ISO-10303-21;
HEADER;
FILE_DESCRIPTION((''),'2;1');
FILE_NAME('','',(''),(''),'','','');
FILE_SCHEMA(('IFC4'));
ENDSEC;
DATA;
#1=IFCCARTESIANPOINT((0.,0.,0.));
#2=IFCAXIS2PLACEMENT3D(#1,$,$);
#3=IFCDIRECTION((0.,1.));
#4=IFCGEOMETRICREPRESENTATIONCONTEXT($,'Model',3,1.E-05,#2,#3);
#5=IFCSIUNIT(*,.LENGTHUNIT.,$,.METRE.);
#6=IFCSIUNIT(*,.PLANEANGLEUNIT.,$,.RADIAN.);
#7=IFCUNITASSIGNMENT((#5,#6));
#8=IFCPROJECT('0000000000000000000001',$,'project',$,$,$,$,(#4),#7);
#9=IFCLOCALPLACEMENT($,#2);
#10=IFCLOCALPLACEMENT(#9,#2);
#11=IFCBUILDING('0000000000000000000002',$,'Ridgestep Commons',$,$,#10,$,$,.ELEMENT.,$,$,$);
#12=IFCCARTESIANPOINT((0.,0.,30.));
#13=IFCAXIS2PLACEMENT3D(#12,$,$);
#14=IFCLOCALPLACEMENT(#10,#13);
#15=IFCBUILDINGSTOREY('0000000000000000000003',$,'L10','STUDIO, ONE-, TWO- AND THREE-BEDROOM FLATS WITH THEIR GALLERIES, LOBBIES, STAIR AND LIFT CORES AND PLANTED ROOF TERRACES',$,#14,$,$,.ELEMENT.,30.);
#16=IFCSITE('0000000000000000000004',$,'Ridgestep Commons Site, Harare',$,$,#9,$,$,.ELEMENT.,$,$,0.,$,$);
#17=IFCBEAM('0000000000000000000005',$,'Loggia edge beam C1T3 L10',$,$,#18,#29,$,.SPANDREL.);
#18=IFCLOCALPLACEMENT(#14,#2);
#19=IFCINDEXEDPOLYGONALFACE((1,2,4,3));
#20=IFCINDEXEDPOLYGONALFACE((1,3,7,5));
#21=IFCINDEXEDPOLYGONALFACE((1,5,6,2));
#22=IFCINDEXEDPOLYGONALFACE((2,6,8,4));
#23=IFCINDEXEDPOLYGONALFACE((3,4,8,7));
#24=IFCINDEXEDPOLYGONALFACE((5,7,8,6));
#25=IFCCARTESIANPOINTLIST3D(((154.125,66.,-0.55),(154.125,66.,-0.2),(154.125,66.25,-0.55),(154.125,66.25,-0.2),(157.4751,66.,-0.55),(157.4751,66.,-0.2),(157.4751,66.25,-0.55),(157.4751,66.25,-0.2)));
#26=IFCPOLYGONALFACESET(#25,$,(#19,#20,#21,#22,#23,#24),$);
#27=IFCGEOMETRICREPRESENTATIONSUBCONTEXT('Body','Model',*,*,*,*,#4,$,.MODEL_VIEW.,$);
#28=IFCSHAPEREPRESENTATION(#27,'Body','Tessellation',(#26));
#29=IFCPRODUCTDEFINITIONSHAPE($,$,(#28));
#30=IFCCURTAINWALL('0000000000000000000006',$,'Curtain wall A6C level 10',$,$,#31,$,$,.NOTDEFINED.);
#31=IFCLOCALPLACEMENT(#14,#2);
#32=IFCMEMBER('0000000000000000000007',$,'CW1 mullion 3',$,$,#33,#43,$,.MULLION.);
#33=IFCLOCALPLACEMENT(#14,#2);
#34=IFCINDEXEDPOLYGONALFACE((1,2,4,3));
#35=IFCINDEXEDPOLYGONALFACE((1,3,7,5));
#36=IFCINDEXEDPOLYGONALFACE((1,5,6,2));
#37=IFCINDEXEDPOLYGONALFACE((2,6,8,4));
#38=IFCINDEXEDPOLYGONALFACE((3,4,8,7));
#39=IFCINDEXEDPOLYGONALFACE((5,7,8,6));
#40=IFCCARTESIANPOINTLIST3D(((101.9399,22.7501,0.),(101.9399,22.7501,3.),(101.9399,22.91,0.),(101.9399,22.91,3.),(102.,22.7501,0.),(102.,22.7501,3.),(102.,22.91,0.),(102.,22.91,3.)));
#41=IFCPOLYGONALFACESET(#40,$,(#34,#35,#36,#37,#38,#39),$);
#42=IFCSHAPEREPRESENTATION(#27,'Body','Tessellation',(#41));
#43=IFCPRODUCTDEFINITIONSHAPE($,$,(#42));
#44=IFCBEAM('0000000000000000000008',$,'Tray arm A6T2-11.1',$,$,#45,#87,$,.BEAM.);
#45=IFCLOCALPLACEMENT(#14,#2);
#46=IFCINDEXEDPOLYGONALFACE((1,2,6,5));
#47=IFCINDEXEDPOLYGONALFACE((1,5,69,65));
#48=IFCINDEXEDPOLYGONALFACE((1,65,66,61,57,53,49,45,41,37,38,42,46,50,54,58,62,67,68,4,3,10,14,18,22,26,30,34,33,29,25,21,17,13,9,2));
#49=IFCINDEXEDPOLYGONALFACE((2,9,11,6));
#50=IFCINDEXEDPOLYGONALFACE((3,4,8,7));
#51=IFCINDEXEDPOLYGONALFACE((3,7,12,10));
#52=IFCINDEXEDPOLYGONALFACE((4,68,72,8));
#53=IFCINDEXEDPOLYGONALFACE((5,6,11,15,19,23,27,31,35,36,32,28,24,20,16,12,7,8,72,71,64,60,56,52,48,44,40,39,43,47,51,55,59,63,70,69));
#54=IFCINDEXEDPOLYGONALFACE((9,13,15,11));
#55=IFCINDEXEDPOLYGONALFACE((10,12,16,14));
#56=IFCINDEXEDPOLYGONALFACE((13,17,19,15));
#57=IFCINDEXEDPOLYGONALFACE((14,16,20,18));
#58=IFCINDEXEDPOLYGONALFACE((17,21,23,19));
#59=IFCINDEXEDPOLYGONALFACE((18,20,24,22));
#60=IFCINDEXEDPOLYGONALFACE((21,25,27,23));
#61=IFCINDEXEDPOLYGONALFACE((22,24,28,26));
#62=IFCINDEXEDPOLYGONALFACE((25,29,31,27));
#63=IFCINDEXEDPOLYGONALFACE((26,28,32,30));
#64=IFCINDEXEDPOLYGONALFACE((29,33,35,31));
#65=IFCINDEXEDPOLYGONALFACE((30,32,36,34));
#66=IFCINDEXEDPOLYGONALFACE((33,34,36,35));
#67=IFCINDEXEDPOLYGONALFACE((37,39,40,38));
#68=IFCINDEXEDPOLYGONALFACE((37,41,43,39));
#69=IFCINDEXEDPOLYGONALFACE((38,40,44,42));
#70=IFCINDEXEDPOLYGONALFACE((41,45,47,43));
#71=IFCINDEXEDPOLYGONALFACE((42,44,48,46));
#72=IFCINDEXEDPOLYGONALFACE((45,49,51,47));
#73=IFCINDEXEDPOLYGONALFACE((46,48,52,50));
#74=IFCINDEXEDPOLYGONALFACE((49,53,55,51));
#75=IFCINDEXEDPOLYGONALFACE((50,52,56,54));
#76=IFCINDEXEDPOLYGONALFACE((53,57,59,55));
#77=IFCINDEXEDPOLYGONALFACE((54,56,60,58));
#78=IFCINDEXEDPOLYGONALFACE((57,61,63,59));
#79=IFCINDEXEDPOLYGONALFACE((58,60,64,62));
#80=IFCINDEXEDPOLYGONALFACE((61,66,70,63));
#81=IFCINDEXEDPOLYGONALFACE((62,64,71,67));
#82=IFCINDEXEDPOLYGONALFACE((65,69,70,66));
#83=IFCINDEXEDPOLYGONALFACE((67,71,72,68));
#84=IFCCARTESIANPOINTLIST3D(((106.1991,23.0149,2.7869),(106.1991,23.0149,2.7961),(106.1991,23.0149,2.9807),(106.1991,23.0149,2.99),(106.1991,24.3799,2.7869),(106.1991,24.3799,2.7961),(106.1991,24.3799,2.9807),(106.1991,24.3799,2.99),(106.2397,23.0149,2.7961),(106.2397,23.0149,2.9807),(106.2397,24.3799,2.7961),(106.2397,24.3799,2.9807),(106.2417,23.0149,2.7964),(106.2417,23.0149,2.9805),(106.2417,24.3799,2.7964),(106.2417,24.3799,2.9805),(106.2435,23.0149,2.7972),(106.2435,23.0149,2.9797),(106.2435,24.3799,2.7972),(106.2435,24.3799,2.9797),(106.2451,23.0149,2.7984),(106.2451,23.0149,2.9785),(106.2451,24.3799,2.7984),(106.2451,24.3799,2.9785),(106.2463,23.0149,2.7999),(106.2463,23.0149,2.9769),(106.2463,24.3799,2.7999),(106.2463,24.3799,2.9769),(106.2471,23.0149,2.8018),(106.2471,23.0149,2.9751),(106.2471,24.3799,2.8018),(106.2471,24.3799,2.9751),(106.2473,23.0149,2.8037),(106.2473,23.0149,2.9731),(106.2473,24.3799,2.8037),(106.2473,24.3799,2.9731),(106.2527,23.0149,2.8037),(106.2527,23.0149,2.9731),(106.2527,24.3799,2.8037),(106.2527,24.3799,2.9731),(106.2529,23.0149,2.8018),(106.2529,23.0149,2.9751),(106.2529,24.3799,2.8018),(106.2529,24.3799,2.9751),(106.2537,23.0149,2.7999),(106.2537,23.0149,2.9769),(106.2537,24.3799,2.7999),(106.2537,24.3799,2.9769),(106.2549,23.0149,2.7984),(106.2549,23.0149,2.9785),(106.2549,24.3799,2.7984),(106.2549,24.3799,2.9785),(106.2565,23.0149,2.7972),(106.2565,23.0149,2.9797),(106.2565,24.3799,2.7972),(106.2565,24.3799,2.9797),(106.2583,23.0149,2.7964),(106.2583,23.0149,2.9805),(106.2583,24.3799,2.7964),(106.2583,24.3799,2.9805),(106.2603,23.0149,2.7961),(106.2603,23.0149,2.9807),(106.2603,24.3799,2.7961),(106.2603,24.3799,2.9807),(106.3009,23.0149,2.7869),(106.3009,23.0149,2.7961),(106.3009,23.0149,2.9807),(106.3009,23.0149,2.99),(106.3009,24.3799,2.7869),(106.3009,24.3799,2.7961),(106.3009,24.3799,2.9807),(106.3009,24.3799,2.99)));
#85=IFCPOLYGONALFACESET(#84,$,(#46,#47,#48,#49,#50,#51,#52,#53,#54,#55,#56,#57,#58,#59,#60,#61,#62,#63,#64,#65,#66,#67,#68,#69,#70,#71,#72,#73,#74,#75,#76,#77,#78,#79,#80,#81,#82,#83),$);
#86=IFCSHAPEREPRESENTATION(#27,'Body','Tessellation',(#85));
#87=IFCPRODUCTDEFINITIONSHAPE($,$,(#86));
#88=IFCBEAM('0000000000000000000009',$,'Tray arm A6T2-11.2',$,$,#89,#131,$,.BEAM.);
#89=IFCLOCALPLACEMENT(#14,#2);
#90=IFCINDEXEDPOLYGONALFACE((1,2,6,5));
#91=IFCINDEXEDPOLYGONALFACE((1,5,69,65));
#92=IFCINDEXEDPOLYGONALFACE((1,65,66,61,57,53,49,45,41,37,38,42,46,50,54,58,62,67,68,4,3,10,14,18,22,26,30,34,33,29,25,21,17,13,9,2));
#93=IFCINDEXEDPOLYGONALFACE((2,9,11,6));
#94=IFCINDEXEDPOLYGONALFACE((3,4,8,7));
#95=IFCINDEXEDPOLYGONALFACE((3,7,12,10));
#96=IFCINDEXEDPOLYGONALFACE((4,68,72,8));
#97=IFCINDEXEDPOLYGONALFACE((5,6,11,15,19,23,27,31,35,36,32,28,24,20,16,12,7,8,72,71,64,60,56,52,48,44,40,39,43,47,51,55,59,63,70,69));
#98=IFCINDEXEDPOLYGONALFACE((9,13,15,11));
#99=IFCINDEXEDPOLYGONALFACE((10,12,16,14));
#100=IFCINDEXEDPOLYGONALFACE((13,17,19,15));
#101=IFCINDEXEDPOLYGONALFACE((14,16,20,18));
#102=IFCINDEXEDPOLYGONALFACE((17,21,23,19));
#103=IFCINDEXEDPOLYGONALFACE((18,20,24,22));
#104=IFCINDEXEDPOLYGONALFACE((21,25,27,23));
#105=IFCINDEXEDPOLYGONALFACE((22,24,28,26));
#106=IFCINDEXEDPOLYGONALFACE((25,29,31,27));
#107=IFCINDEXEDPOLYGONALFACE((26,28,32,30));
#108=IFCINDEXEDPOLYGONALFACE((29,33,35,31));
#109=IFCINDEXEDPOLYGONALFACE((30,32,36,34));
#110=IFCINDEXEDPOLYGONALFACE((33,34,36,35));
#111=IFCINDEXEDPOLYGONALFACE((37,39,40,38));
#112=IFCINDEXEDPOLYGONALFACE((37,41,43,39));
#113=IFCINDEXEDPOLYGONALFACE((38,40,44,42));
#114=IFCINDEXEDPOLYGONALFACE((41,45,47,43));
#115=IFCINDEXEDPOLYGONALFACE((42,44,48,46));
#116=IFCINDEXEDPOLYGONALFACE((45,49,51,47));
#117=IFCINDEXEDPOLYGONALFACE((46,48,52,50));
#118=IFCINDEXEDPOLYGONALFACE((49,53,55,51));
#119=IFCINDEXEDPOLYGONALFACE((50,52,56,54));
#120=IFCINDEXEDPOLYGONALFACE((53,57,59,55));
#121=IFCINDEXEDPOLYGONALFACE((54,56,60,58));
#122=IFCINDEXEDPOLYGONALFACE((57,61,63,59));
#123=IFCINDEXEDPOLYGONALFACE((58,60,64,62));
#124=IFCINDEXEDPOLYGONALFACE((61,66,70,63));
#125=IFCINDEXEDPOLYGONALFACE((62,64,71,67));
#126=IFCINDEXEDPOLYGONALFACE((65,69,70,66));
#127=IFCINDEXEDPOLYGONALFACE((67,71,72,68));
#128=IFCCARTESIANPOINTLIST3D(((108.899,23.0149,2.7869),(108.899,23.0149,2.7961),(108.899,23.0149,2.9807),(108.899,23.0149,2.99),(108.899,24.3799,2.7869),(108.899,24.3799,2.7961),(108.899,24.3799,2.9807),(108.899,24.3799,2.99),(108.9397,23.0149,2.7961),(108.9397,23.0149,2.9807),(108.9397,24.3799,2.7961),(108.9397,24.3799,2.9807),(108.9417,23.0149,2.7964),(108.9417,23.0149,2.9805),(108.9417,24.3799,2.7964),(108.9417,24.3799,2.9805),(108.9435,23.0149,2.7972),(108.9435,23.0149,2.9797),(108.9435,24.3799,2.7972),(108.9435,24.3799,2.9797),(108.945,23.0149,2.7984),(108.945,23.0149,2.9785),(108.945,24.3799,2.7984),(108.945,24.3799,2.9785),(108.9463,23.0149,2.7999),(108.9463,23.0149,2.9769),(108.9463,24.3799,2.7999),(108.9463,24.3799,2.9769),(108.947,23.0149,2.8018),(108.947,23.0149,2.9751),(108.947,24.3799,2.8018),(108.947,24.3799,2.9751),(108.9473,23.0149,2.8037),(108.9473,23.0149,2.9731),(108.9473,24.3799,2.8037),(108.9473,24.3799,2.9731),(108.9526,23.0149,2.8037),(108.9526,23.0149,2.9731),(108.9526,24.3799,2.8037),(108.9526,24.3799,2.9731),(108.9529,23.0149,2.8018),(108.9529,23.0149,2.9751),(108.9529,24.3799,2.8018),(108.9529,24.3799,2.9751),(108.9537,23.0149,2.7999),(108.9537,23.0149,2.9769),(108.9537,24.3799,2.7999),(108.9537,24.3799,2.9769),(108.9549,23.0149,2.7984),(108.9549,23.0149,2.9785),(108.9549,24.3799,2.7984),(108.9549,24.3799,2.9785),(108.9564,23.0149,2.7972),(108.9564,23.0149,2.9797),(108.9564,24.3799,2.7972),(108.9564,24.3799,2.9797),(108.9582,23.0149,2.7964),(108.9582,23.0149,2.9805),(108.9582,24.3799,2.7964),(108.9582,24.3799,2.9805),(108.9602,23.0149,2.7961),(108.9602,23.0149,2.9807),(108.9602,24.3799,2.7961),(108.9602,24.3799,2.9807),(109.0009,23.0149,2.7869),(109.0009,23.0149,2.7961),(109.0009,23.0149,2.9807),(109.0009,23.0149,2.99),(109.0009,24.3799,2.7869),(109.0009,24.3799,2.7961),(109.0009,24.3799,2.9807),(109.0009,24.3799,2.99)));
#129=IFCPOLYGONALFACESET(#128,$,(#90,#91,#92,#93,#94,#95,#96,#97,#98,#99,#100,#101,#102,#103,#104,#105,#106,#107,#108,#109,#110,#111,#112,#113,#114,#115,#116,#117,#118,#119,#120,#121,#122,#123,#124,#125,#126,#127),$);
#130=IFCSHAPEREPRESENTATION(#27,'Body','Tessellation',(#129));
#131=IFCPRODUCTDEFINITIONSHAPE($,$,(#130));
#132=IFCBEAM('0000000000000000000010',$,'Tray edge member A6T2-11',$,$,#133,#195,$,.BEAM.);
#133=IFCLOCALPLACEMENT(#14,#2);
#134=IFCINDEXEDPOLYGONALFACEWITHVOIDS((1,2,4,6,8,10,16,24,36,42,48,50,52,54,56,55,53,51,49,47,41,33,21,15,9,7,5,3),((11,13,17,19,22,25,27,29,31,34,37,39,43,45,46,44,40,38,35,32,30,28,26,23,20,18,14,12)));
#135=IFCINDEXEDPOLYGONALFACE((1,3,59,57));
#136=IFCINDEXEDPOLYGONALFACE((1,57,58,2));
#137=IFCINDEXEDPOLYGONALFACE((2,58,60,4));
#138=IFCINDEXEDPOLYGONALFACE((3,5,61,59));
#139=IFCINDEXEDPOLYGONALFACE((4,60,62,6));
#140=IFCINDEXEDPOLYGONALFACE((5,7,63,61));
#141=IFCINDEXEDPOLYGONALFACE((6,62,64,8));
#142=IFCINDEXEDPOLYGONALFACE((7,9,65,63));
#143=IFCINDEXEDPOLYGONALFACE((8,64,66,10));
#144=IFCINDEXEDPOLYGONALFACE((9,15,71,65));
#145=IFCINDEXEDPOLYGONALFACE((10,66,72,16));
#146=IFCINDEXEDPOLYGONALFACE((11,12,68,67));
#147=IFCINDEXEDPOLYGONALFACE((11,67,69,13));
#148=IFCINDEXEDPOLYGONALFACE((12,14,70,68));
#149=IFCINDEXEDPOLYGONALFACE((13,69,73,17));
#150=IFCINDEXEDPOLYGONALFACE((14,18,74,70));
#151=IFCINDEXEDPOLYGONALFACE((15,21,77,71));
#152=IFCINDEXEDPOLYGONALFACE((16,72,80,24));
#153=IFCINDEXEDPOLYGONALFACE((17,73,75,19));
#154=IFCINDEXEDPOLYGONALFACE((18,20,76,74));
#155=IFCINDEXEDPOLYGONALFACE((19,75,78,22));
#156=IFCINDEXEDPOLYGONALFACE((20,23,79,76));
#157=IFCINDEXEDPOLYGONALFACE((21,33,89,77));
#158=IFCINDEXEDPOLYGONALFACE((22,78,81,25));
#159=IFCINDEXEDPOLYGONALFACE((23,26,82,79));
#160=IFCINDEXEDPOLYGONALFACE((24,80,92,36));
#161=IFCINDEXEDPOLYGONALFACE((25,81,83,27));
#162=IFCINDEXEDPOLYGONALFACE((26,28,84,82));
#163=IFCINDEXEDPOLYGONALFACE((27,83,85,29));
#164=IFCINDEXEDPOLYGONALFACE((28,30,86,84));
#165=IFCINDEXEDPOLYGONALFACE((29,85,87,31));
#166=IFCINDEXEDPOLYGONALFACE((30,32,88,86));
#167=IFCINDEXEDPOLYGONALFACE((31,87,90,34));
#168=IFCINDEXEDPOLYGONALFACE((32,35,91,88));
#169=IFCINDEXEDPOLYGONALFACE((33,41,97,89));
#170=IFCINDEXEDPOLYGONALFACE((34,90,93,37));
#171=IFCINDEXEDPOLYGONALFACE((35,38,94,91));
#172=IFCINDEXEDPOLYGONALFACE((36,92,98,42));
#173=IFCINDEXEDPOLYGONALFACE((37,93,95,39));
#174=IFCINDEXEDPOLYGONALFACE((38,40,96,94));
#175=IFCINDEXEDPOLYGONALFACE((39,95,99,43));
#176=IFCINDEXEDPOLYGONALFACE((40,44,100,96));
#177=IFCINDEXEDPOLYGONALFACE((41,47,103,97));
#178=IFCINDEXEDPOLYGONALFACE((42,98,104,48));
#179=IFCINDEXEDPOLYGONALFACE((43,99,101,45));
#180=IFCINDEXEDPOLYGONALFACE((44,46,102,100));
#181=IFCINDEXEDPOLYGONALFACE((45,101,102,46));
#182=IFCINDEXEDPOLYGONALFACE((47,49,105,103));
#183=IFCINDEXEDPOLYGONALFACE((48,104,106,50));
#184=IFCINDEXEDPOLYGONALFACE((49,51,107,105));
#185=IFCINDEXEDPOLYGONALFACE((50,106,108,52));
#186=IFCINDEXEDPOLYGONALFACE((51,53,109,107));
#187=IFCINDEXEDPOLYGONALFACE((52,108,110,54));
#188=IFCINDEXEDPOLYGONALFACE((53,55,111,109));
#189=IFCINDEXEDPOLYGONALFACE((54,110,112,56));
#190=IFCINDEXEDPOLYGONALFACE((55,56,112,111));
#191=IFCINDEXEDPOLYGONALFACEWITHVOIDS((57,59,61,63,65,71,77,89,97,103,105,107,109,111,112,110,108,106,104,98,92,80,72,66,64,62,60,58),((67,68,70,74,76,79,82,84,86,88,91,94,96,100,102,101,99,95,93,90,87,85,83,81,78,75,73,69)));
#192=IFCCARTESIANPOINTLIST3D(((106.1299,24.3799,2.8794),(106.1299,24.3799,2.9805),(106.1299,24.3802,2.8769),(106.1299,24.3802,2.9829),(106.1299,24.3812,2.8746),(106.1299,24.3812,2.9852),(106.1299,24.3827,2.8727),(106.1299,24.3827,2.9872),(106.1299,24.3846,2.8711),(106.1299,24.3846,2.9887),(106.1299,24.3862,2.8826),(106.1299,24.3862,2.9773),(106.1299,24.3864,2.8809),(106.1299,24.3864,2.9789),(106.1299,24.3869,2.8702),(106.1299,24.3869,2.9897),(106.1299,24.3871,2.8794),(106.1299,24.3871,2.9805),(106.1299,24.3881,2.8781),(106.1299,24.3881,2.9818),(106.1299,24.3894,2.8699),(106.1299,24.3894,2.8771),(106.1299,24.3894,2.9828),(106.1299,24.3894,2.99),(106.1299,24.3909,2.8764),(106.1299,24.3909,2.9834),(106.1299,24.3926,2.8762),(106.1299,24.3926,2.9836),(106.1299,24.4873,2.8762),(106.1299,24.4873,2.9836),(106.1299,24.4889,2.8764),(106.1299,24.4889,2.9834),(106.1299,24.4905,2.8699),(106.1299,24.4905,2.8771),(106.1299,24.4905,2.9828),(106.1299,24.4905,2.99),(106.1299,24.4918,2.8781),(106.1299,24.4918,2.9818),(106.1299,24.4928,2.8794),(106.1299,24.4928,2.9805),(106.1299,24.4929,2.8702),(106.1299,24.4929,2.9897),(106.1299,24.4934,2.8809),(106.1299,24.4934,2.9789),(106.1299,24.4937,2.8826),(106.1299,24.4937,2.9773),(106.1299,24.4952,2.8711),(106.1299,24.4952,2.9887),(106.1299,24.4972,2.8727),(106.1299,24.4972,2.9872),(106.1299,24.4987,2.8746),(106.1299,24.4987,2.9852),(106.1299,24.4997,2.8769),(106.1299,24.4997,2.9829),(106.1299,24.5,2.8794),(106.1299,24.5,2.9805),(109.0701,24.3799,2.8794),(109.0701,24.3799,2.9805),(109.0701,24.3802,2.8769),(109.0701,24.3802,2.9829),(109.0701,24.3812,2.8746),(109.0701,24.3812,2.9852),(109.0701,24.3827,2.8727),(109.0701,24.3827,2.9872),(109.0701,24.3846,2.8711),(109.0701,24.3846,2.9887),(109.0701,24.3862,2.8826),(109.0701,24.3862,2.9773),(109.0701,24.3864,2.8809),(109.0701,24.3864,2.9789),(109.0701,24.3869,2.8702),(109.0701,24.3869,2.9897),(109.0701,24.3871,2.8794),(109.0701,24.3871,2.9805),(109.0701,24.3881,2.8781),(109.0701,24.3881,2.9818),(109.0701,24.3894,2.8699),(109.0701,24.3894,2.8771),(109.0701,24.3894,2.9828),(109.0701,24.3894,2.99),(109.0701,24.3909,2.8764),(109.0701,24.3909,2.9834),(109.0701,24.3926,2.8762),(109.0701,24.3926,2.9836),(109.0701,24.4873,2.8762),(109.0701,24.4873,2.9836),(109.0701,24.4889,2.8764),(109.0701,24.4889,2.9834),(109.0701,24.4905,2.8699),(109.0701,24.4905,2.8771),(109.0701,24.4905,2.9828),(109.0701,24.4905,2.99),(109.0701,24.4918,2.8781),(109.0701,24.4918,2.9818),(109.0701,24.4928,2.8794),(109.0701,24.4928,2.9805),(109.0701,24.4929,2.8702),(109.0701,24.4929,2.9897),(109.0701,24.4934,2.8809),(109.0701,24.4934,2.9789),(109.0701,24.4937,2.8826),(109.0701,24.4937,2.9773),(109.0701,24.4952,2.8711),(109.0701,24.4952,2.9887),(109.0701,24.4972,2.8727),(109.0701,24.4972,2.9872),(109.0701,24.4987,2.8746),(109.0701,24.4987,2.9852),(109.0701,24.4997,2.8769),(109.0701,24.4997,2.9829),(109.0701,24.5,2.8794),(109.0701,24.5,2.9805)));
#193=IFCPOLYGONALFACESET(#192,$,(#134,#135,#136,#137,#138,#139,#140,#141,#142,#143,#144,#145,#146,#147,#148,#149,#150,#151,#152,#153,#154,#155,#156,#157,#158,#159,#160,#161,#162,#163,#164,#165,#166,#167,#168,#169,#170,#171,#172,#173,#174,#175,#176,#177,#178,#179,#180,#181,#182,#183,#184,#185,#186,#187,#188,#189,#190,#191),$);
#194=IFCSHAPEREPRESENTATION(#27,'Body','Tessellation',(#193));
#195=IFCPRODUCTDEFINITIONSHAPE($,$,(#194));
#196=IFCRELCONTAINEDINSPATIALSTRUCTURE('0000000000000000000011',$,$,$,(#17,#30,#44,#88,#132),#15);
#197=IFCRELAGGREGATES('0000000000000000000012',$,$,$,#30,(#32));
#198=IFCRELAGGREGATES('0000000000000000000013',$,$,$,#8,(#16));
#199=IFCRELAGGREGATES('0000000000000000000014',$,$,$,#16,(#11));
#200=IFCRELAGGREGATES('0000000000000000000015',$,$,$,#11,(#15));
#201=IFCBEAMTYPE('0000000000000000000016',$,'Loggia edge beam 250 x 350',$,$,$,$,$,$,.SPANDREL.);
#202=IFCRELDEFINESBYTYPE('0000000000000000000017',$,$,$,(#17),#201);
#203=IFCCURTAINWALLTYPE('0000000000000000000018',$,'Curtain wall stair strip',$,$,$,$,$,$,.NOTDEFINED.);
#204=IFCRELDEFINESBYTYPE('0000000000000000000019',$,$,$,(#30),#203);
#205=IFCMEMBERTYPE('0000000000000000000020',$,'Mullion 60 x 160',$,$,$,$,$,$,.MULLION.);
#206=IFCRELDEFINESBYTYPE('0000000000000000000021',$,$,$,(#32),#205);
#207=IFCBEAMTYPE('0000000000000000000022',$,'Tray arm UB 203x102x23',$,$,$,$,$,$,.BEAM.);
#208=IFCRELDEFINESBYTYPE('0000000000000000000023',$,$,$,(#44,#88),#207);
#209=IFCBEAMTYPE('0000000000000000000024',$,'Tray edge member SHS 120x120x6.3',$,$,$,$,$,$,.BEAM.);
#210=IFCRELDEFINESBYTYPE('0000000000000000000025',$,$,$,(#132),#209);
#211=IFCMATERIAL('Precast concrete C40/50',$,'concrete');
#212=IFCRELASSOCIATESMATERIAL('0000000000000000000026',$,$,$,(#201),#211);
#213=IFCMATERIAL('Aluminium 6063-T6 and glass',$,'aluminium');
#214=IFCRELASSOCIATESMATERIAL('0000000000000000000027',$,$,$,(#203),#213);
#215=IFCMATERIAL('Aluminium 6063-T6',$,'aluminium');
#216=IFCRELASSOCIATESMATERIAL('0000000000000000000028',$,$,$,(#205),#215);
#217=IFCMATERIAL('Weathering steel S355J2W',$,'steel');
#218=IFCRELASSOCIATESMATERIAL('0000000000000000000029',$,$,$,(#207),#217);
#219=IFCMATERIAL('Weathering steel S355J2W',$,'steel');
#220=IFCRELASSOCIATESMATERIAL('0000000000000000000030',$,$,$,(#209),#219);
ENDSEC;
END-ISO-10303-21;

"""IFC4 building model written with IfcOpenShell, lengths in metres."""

from ifc_helpers import new_model, si_unit, direction, frame, origin, origin_2d, place, context, subcontext, project, spatial, rectangle, hollow_rectangle, i_section, extrude, material, material_profile, profile_set, type_object, element, aggregate, save


model = new_model("IFC4")

# Units and contexts
model_context = context("Model", 3, precision=1e-05, world=origin(), true_north=direction((0.0, 1.0)))
body_context = subcontext(model_context, "Body", "Model", "MODEL_VIEW")
ifc_project = project(units=[si_unit("LENGTHUNIT", "METRE"), si_unit("PLANEANGLEUNIT", "RADIAN")], contexts=[model_context])

# Site, building, storey
site_placement = place(None, origin())
site = spatial("IfcSite", under=ifc_project, at=site_placement, Name="Ridgestep Commons Site, Harare", CompositionType="ELEMENT", RefElevation=0.0)
building_placement = place(site_placement, origin())
building = spatial("IfcBuilding", under=site, at=building_placement, Name="Ridgestep Commons", CompositionType="ELEMENT")
storey_placement = place(building_placement, frame((0.0, 0.0, 30.0)))
storey = spatial("IfcBuildingStorey", under=building, at=storey_placement, Name="L10", Description="STUDIO, ONE-, TWO- AND THREE-BEDROOM FLATS WITH THEIR GALLERIES, LOBBIES, STAIR AND LIFT CORES AND PLANTED ROOF TERRACES", CompositionType="ELEMENT", Elevation=30.0)

# Beam
ifc_material_1 = material(Name="Precast concrete C40/50", Category="concrete")
ifc_material_profile_1 = material_profile(ifc_material_1, rectangle(XDim=0.25, YDim=0.3501, at=origin_2d()), Name="PC 250x350")
ifc_profile_set_1 = profile_set([ifc_material_profile_1], Name="Precast concrete C40/50")
beam_type_1 = type_object("IfcBeamType", Name="Loggia edge beam 250 x 350", PredefinedType="SPANDREL", material=ifc_profile_set_1)
beam_1_placement = place(storey_placement, frame((154.125, 66.125, -0.375), z_axis=(1.0, 0.0, 0.0), x_axis=(0.0, 1.0, 0.0)))
element("IfcBeam", 1, at=beam_1_placement, inside=storey, type_object=beam_type_1, Name="Loggia edge beam C1T3 L10", PredefinedType="SPANDREL", context=body_context, shape_type="SweptSolid", body=[
    extrude(rectangle(XDim=0.25, YDim=0.3501, at=origin_2d()), origin(), (0.0, 0.0, 1.0), 3.3501),
])

# Curtain wall, member
ifc_material_2 = material(Name="Aluminium 6063-T6 and glass", Category="aluminium")
curtain_wall_type = type_object("IfcCurtainWallType", Name="Curtain wall stair strip", PredefinedType="NOTDEFINED", material=ifc_material_2)
curtain_wall_placement = place(storey_placement, origin())
curtain_wall = element("IfcCurtainWall", 2, at=curtain_wall_placement, inside=storey, type_object=curtain_wall_type, Name="Curtain wall A6C level 10", PredefinedType="NOTDEFINED")
ifc_material_3 = material(Name="Aluminium 6063-T6", Category="aluminium")
ifc_material_profile_2 = material_profile(ifc_material_3, rectangle(XDim=0.1599, YDim=0.0601, at=origin_2d()), Name="Mullion 60 x 160")
ifc_profile_set_2 = profile_set([ifc_material_profile_2], Name="Aluminium 6063-T6")
member_type = type_object("IfcMemberType", Name="Mullion 60 x 160", PredefinedType="MULLION", material=ifc_profile_set_2)
member_placement = place(storey_placement, frame((101.97, 22.8301, 0.0), z_axis=(0.0, 0.0, 1.0), x_axis=(0.0, 1.0, 0.0)))
member = element("IfcMember", 3, at=member_placement, type_object=member_type, Name="CW1 mullion 3", PredefinedType="MULLION", context=body_context, shape_type="SweptSolid", body=[
    extrude(rectangle(XDim=0.1599, YDim=0.0601, at=origin_2d()), origin(), (0.0, 0.0, 1.0), 3.0),
])

# Beams
ifc_material_4 = material(Name="Weathering steel S355J2W", Category="steel")
ifc_material_profile_3 = material_profile(ifc_material_4, i_section(OverallWidth=0.1018, OverallDepth=0.2031, WebThickness=0.0054, FlangeThickness=0.0093, FilletRadius=0.0076, at=origin_2d()), Name="UB 203x102x23")
ifc_profile_set_3 = profile_set([ifc_material_profile_3], Name="Weathering steel S355J2W")
beam_type_2 = type_object("IfcBeamType", Name="Tray arm UB 203x102x23", PredefinedType="BEAM", material=ifc_profile_set_3)
for number, where, z_axis, x_axis, name in (
    (4, (106.25, 23.0149, 2.8884), (0.0, 1.0, 0.0), (-1.0, 0.0, 0.0), "Tray arm A6T2-11.1"),
    (5, (108.95, 23.0149, 2.8884), (0.0, 1.0, 0.0), (-1.0, 0.0, 0.0), "Tray arm A6T2-11.2"),
):
    element("IfcBeam", number, at=place(storey_placement, frame(where, z_axis=z_axis, x_axis=x_axis)), inside=storey, type_object=beam_type_2, Name=name, PredefinedType="BEAM", context=body_context, shape_type="SweptSolid", body=[
        extrude(i_section(OverallWidth=0.1018, OverallDepth=0.2031, WebThickness=0.0054, FlangeThickness=0.0093, FilletRadius=0.0076, at=origin_2d()), origin(), (0.0, 0.0, 1.0), 1.365),
    ])
ifc_material_5 = material(Name="Weathering steel S355J2W", Category="steel")
ifc_material_profile_4 = material_profile(ifc_material_5, hollow_rectangle(XDim=0.1201, YDim=0.1201, WallThickness=0.0063, InnerFilletRadius=0.0063, OuterFilletRadius=0.0095, at=origin_2d()), Name="SHS 120x120x6.3")
ifc_profile_set_4 = profile_set([ifc_material_profile_4], Name="Weathering steel S355J2W")
beam_type_3 = type_object("IfcBeamType", Name="Tray edge member SHS 120x120x6.3", PredefinedType="BEAM", material=ifc_profile_set_4)
beam_2_placement = place(storey_placement, frame((106.1299, 24.4399, 2.9299), z_axis=(1.0, 0.0, 0.0), x_axis=(0.0, 0.0, 1.0)))
element("IfcBeam", 6, at=beam_2_placement, inside=storey, type_object=beam_type_3, Name="Tray edge member A6T2-11", PredefinedType="BEAM", context=body_context, shape_type="SweptSolid", body=[
    extrude(hollow_rectangle(XDim=0.1201, YDim=0.1201, WallThickness=0.0063, InnerFilletRadius=0.0063, OuterFilletRadius=0.0095, at=origin_2d()), origin(), (0.0, 0.0, 1.0), 2.9402),
])

aggregate(curtain_wall, [member])

save(model, "model.ifc")
